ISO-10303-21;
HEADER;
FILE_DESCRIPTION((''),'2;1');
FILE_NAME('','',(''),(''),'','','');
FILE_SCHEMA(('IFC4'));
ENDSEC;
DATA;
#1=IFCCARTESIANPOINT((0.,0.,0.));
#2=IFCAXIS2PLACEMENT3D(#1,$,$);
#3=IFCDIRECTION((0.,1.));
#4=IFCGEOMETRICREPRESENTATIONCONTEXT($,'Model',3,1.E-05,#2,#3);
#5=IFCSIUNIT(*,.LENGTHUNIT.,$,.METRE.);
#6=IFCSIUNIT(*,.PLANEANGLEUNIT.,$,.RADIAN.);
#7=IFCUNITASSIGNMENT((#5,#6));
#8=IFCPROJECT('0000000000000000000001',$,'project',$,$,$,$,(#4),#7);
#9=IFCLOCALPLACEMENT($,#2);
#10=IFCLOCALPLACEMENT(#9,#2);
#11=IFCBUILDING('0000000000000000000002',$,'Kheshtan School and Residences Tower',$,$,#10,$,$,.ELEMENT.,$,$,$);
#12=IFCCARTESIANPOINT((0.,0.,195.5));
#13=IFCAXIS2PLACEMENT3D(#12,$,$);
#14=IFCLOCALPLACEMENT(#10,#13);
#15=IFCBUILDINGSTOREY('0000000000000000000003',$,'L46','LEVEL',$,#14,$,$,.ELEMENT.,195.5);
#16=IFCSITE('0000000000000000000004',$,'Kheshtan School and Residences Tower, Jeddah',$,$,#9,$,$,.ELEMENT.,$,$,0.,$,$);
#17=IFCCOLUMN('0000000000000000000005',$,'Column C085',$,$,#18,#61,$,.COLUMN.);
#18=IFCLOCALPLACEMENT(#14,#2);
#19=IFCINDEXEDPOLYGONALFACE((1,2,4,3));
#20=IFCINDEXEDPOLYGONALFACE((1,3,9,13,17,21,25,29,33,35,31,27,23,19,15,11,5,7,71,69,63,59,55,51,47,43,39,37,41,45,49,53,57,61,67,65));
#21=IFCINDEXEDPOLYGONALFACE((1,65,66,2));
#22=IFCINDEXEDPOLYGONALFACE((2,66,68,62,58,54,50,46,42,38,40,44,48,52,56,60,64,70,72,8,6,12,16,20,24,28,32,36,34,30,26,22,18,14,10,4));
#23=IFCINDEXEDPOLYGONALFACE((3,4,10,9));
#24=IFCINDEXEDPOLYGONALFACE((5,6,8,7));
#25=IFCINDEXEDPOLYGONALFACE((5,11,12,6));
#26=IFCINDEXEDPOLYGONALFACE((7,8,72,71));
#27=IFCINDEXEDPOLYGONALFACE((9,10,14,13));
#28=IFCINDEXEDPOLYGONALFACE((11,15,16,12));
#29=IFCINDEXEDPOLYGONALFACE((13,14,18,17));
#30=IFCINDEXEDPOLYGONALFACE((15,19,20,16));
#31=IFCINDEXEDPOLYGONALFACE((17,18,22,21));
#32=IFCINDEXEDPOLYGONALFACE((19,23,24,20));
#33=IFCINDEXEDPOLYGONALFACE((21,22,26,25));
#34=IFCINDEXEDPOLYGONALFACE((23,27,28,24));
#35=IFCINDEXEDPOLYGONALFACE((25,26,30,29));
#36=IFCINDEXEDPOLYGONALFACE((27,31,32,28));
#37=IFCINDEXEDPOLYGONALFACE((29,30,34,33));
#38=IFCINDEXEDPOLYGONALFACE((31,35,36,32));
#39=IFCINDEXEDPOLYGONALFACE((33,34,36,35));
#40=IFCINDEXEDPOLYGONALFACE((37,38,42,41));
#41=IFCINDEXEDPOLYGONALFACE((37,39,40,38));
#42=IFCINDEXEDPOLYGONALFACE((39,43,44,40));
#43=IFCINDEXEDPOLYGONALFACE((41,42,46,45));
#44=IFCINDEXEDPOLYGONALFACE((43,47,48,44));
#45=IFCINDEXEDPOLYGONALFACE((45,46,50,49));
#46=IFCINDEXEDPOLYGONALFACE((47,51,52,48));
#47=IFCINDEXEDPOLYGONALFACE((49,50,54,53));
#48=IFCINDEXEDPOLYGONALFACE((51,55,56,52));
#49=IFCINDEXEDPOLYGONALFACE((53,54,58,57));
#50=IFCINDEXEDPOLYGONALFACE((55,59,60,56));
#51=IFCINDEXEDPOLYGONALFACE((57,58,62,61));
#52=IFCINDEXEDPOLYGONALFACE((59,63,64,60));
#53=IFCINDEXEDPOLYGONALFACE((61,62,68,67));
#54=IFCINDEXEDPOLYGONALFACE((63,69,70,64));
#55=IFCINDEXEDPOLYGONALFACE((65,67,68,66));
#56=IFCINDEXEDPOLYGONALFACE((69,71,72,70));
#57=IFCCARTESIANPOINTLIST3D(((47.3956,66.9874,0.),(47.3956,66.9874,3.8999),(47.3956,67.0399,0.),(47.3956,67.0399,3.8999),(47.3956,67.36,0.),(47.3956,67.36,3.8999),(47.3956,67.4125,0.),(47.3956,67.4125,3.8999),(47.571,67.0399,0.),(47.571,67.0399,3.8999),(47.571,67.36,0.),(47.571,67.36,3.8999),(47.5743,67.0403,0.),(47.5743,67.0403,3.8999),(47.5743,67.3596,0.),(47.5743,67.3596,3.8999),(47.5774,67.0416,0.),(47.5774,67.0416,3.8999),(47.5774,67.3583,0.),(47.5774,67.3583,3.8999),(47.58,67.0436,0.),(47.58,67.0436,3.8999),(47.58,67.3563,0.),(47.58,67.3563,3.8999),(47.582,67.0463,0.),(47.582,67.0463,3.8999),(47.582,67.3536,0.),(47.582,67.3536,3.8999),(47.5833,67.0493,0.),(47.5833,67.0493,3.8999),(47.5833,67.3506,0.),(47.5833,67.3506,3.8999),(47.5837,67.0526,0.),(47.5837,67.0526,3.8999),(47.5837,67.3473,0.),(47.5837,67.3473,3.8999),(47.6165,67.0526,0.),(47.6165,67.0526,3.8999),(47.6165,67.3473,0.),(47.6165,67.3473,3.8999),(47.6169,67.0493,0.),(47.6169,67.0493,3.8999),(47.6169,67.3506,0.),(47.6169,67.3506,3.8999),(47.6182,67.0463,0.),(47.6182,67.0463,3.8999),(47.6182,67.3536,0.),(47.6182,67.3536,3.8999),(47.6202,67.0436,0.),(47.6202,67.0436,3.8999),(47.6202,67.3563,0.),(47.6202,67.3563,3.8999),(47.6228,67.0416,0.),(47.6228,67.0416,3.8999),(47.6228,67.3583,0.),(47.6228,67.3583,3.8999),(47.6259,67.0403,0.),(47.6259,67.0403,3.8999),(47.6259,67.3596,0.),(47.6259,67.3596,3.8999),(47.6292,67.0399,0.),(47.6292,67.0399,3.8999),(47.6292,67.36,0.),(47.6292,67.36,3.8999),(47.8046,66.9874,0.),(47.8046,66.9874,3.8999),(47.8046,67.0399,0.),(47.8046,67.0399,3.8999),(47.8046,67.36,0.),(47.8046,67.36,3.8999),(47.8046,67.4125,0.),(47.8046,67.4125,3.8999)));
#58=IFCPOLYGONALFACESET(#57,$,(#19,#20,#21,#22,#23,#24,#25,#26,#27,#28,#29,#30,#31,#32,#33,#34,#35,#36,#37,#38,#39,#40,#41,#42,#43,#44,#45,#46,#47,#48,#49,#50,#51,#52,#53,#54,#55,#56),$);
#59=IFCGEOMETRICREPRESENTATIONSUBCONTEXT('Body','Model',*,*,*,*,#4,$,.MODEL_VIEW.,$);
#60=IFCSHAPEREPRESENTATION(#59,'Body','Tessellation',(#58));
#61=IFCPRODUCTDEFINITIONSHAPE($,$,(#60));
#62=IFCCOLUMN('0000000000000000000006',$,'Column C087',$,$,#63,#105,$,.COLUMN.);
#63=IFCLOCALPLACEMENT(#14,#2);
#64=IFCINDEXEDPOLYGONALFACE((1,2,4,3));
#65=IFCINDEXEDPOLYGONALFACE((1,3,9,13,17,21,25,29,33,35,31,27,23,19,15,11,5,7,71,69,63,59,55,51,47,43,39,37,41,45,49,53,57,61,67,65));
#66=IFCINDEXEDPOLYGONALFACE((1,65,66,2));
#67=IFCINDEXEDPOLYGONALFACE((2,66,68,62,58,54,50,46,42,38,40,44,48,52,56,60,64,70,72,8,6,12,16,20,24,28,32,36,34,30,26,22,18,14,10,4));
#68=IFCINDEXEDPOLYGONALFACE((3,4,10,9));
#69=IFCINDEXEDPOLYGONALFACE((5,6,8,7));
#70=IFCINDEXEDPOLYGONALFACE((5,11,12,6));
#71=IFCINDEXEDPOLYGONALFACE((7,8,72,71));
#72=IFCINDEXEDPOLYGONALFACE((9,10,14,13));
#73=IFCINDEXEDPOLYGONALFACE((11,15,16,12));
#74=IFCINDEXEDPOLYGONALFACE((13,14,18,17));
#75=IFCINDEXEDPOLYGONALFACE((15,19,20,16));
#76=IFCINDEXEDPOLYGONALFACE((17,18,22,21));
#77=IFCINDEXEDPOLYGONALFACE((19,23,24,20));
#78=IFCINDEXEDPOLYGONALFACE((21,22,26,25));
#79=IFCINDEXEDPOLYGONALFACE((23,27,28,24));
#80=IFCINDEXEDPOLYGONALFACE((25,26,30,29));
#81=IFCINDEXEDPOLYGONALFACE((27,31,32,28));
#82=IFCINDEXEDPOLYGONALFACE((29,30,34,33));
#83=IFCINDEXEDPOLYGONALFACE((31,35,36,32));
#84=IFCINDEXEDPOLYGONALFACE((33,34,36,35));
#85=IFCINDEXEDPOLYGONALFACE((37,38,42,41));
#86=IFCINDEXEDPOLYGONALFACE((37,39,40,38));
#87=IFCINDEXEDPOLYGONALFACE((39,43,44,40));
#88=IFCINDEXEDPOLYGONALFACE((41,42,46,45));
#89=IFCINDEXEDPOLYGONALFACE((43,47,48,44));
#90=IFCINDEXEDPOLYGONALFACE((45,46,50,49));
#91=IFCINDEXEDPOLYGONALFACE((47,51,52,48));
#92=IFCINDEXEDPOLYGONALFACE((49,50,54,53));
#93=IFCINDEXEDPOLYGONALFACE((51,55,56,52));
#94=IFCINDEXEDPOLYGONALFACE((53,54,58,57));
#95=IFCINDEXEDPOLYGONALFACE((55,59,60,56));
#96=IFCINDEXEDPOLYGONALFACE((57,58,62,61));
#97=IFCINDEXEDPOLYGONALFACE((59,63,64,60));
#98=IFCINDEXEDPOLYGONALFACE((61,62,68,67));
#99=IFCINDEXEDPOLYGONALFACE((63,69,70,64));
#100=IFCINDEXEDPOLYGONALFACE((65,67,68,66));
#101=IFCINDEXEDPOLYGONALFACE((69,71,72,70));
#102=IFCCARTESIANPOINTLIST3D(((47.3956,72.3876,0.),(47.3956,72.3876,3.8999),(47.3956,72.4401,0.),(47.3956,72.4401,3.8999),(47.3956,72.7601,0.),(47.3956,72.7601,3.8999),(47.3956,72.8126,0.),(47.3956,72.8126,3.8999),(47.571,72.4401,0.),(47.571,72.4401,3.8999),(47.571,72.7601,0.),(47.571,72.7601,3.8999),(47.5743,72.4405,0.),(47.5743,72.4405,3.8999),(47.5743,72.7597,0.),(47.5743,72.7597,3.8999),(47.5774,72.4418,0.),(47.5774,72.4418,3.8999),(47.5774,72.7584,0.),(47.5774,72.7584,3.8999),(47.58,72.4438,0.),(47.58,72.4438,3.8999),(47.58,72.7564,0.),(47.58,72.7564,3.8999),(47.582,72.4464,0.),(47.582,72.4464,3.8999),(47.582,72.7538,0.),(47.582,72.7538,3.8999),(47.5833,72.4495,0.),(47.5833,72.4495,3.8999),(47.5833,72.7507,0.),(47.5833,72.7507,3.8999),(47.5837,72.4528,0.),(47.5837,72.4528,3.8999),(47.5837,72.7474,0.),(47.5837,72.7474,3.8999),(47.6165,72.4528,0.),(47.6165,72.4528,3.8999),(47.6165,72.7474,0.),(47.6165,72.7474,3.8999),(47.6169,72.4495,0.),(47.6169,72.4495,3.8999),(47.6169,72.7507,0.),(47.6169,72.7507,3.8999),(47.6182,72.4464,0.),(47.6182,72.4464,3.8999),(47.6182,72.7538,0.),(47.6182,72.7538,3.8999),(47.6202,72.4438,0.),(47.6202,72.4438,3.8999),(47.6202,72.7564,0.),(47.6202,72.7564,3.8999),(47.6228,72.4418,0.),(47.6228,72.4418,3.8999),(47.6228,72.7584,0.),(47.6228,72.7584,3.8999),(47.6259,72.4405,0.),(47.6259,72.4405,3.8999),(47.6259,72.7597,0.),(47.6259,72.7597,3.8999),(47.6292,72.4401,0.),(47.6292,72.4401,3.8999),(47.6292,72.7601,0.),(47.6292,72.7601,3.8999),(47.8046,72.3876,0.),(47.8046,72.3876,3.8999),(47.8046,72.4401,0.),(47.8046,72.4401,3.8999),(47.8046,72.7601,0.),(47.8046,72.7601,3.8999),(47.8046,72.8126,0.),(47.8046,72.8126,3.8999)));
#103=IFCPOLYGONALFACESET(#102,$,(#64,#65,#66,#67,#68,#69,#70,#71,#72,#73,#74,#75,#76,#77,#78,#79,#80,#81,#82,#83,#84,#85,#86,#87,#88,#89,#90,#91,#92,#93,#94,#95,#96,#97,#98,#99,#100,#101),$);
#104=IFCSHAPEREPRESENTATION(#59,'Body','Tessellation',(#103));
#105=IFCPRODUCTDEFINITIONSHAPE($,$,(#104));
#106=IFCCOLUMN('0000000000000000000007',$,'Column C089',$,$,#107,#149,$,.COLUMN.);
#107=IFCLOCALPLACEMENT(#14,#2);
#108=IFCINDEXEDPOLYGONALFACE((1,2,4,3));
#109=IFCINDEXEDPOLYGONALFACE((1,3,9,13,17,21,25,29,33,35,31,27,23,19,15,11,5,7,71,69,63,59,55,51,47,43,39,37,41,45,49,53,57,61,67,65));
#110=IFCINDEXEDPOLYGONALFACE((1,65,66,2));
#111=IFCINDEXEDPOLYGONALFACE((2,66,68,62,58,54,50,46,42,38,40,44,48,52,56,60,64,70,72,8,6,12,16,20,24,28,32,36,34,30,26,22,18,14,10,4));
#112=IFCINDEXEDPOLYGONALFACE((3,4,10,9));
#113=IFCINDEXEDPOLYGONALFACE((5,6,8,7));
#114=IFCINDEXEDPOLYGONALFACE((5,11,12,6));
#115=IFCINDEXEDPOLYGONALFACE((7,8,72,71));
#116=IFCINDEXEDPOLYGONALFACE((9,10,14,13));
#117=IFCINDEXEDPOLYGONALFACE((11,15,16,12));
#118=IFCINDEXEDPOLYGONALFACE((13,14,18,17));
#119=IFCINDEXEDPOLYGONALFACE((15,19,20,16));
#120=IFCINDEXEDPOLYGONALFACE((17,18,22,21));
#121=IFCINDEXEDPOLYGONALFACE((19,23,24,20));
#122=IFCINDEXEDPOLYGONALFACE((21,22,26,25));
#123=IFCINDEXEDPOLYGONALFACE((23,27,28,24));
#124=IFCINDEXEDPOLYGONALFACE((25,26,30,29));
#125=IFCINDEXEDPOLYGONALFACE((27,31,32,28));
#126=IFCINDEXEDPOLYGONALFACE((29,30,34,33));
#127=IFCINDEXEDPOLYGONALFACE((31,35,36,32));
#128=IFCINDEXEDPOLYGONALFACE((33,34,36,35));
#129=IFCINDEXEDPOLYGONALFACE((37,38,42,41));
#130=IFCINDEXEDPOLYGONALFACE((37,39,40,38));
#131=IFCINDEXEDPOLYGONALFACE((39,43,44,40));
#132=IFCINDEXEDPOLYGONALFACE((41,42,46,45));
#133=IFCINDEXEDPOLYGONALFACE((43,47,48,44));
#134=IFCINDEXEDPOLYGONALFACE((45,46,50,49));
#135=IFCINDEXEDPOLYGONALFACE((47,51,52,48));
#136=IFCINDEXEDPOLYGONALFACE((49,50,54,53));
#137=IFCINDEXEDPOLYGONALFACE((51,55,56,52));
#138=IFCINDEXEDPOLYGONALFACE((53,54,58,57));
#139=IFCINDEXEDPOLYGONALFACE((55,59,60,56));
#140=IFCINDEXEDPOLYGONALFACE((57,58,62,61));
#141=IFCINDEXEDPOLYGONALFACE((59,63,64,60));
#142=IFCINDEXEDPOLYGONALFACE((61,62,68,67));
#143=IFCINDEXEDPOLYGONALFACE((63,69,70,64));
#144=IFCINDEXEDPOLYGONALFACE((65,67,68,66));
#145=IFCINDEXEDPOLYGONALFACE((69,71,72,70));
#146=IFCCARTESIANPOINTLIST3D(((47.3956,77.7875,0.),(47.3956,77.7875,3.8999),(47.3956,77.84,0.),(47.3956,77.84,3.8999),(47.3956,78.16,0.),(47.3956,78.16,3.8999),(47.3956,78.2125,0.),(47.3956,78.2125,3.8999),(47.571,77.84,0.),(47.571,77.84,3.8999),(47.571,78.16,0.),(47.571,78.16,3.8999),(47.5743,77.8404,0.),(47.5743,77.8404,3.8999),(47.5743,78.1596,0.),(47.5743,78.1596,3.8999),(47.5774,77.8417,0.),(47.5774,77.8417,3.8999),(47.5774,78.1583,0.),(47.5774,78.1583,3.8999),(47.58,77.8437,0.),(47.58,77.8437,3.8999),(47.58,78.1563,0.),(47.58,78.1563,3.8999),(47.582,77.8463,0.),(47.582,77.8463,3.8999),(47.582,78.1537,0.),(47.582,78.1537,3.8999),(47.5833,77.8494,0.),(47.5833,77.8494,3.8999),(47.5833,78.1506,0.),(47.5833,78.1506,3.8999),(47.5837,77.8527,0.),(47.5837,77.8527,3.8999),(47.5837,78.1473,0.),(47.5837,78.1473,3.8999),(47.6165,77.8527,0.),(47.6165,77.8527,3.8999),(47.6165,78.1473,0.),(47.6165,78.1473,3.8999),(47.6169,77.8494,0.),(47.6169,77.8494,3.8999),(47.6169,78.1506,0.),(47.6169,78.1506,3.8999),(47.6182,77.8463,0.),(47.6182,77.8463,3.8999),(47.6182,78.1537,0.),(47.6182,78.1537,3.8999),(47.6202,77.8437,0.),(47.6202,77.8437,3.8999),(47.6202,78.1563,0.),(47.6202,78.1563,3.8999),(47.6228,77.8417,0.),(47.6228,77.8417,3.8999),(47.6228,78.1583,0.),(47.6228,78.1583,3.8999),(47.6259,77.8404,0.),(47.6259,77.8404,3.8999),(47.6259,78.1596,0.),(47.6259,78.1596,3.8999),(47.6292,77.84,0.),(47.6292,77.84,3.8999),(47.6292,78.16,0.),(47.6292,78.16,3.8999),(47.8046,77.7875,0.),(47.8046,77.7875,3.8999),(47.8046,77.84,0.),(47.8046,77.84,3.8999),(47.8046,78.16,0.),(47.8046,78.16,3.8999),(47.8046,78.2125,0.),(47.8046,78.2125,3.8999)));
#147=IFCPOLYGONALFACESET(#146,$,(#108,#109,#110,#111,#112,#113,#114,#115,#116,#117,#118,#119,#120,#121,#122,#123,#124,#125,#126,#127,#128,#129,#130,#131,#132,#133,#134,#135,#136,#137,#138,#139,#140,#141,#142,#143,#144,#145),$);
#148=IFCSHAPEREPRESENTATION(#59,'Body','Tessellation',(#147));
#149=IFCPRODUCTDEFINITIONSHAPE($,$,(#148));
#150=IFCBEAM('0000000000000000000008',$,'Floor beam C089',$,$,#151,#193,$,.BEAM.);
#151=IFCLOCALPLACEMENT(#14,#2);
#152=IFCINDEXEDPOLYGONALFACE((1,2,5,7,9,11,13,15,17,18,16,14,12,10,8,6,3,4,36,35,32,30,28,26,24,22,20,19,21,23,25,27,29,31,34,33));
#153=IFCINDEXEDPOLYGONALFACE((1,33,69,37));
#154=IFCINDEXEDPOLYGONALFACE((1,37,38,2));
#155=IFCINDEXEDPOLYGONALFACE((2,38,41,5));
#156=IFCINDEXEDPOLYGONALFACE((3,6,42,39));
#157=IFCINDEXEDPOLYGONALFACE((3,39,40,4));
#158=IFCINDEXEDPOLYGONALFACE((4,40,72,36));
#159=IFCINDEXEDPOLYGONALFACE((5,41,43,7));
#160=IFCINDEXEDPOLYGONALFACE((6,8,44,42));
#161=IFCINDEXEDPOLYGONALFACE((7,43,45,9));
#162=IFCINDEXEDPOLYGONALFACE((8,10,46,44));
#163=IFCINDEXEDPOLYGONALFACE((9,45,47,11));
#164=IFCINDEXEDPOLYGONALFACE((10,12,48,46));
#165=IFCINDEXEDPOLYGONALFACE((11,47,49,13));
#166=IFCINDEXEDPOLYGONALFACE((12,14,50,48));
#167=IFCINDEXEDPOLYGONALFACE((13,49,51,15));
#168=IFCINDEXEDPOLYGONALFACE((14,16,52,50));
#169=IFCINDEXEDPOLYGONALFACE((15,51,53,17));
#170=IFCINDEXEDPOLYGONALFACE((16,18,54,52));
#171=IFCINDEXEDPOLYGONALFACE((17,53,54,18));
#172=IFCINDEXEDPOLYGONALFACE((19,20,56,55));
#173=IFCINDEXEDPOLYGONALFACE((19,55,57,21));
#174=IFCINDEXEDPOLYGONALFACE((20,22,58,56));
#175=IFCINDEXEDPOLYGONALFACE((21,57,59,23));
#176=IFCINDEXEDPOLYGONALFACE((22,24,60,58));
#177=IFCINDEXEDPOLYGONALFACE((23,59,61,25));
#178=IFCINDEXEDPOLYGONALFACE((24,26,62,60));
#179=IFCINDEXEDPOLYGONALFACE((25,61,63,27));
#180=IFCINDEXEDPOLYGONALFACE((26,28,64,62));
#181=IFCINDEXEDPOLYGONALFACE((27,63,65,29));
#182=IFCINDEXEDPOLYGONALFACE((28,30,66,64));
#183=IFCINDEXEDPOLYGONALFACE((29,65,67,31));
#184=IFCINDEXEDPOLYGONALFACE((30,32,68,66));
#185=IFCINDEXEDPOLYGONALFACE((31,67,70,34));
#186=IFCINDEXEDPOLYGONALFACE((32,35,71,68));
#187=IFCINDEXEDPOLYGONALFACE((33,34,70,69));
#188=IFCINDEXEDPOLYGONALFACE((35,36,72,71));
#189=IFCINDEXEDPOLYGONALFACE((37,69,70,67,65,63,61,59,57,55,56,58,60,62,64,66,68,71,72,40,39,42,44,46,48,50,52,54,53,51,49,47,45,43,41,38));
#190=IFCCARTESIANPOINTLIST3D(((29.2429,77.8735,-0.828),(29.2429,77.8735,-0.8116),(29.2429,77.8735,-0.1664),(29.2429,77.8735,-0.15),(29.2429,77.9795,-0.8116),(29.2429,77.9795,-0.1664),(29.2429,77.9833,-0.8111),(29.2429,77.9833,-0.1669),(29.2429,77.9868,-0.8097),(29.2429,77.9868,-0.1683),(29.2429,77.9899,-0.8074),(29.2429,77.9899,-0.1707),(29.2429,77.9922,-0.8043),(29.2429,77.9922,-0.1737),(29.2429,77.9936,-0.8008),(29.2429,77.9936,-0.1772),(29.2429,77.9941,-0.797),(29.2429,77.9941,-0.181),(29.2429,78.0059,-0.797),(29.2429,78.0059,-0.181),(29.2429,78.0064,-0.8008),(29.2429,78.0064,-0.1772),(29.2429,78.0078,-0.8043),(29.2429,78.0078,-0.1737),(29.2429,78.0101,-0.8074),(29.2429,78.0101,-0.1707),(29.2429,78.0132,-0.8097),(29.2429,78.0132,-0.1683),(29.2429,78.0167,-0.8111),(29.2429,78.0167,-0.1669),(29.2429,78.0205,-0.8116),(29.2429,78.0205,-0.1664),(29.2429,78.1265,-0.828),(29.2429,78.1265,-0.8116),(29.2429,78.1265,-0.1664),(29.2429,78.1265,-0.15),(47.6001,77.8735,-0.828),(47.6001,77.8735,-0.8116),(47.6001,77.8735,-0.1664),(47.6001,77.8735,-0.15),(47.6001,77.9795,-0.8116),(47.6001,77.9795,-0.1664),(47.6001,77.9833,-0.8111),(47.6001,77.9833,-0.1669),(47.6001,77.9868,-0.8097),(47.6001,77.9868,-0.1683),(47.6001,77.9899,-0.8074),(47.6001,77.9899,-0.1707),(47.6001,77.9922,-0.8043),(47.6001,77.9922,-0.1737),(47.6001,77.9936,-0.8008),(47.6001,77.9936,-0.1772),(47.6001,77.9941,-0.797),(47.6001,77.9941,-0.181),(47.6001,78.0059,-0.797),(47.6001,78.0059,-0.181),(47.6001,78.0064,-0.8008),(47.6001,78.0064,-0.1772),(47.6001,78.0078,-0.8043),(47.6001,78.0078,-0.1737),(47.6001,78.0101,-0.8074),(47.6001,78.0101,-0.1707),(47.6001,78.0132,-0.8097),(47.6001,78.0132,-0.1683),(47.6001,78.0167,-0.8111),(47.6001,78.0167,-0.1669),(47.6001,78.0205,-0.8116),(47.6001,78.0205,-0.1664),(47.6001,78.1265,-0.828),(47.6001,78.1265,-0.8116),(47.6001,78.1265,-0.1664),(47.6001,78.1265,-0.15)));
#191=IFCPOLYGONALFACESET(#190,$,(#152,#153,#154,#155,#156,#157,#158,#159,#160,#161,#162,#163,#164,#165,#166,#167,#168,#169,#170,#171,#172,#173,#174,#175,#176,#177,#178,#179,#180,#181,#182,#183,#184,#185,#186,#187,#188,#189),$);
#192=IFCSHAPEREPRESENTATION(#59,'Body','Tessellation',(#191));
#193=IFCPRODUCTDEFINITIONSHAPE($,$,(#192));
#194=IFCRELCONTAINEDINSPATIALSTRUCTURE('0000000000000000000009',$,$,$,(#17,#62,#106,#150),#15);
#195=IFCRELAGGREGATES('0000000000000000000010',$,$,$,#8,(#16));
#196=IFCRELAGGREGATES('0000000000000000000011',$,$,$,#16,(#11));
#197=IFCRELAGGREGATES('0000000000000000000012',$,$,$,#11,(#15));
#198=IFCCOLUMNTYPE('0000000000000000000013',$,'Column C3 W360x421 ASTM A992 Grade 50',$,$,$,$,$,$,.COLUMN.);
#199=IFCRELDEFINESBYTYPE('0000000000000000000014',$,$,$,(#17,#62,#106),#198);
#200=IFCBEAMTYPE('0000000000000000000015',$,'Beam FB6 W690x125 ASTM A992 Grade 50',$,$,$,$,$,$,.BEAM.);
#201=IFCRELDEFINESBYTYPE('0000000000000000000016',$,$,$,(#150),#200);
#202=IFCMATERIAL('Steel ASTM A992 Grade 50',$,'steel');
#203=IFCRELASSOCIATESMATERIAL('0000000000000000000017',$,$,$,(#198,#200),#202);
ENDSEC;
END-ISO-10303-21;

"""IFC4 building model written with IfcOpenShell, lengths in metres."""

from ifc_helpers import new_model, si_unit, direction, frame, origin, origin_2d, place, context, subcontext, project, spatial, i_section, extrude, material, material_profile, profile_set, type_object, element, save


model = new_model("IFC4")

# Units and contexts
model_context = context("Model", 3, precision=1e-05, world=origin(), true_north=direction((0.0, 1.0)))
body_context = subcontext(model_context, "Body", "Model", "MODEL_VIEW")
ifc_project = project(units=[si_unit("LENGTHUNIT", "METRE"), si_unit("PLANEANGLEUNIT", "RADIAN")], contexts=[model_context])

# Site, building, storey
site_placement = place(None, origin())
site = spatial("IfcSite", under=ifc_project, at=site_placement, Name="Kheshtan School and Residences Tower, Jeddah", CompositionType="ELEMENT", RefElevation=0.0)
building_placement = place(site_placement, origin())
building = spatial("IfcBuilding", under=site, at=building_placement, Name="Kheshtan School and Residences Tower", CompositionType="ELEMENT")
storey_placement = place(building_placement, frame((0.0, 0.0, 195.5)))
storey = spatial("IfcBuildingStorey", under=building, at=storey_placement, Name="L46", Description="LEVEL", CompositionType="ELEMENT", Elevation=195.5)

# Columns
ifc_material_1 = material(Name="Steel ASTM A992 Grade 50", Category="steel")
ifc_material_profile_1 = material_profile(ifc_material_1, i_section(OverallWidth=0.4089, OverallDepth=0.425, WebThickness=0.0327, FlangeThickness=0.0525, FilletRadius=0.0127, at=origin_2d()), Name="W360x421")
ifc_profile_set_1 = profile_set([ifc_material_profile_1], Name="Steel ASTM A992 Grade 50")
column_type = type_object("IfcColumnType", Name="Column C3 W360x421 ASTM A992 Grade 50", PredefinedType="COLUMN", material=ifc_profile_set_1)
for number, where, z_axis, x_axis, name in (
    (1, (47.6001, 67.2, 0.0), (0.0, 0.0, 1.0), (1.0, 0.0, 0.0), "Column C085"),
    (2, (47.6001, 72.6001, 0.0), (0.0, 0.0, 1.0), (1.0, 0.0, 0.0), "Column C087"),
    (3, (47.6001, 78.0, 0.0), (0.0, 0.0, 1.0), (1.0, 0.0, 0.0), "Column C089"),
):
    element("IfcColumn", number, at=place(storey_placement, frame(where, z_axis=z_axis, x_axis=x_axis)), inside=storey, type_object=column_type, Name=name, PredefinedType="COLUMN", context=body_context, shape_type="SweptSolid", body=[
        extrude(i_section(OverallWidth=0.4089, OverallDepth=0.425, WebThickness=0.0327, FlangeThickness=0.0525, FilletRadius=0.0127, at=origin_2d()), origin(), (0.0, 0.0, 1.0), 3.8999),
    ])

# Beam
ifc_material_profile_2 = material_profile(ifc_material_1, i_section(OverallWidth=0.2529, OverallDepth=0.678, WebThickness=0.0117, FlangeThickness=0.0164, FilletRadius=0.0146, at=origin_2d()), Name="W690x125")
ifc_profile_set_2 = profile_set([ifc_material_profile_2], Name="Steel ASTM A992 Grade 50")
beam_type_1 = type_object("IfcBeamType", Name="Beam FB6 W690x125 ASTM A992 Grade 50", PredefinedType="BEAM", material=ifc_profile_set_2)
beam_1_placement = place(storey_placement, frame((47.6001, 78.0, -0.489), z_axis=(-1.0, 0.0, 0.0), x_axis=(0.0, -1.0, 0.0)))
element("IfcBeam", 4, at=beam_1_placement, inside=storey, type_object=beam_type_1, Name="Floor beam C089", PredefinedType="BEAM", context=body_context, shape_type="SweptSolid", body=[
    extrude(i_section(OverallWidth=0.2529, OverallDepth=0.678, WebThickness=0.0117, FlangeThickness=0.0164, FilletRadius=0.0146, at=origin_2d()), origin(), (0.0, 0.0, 1.0), 18.3572),
])

save(model, "model.ifc")
